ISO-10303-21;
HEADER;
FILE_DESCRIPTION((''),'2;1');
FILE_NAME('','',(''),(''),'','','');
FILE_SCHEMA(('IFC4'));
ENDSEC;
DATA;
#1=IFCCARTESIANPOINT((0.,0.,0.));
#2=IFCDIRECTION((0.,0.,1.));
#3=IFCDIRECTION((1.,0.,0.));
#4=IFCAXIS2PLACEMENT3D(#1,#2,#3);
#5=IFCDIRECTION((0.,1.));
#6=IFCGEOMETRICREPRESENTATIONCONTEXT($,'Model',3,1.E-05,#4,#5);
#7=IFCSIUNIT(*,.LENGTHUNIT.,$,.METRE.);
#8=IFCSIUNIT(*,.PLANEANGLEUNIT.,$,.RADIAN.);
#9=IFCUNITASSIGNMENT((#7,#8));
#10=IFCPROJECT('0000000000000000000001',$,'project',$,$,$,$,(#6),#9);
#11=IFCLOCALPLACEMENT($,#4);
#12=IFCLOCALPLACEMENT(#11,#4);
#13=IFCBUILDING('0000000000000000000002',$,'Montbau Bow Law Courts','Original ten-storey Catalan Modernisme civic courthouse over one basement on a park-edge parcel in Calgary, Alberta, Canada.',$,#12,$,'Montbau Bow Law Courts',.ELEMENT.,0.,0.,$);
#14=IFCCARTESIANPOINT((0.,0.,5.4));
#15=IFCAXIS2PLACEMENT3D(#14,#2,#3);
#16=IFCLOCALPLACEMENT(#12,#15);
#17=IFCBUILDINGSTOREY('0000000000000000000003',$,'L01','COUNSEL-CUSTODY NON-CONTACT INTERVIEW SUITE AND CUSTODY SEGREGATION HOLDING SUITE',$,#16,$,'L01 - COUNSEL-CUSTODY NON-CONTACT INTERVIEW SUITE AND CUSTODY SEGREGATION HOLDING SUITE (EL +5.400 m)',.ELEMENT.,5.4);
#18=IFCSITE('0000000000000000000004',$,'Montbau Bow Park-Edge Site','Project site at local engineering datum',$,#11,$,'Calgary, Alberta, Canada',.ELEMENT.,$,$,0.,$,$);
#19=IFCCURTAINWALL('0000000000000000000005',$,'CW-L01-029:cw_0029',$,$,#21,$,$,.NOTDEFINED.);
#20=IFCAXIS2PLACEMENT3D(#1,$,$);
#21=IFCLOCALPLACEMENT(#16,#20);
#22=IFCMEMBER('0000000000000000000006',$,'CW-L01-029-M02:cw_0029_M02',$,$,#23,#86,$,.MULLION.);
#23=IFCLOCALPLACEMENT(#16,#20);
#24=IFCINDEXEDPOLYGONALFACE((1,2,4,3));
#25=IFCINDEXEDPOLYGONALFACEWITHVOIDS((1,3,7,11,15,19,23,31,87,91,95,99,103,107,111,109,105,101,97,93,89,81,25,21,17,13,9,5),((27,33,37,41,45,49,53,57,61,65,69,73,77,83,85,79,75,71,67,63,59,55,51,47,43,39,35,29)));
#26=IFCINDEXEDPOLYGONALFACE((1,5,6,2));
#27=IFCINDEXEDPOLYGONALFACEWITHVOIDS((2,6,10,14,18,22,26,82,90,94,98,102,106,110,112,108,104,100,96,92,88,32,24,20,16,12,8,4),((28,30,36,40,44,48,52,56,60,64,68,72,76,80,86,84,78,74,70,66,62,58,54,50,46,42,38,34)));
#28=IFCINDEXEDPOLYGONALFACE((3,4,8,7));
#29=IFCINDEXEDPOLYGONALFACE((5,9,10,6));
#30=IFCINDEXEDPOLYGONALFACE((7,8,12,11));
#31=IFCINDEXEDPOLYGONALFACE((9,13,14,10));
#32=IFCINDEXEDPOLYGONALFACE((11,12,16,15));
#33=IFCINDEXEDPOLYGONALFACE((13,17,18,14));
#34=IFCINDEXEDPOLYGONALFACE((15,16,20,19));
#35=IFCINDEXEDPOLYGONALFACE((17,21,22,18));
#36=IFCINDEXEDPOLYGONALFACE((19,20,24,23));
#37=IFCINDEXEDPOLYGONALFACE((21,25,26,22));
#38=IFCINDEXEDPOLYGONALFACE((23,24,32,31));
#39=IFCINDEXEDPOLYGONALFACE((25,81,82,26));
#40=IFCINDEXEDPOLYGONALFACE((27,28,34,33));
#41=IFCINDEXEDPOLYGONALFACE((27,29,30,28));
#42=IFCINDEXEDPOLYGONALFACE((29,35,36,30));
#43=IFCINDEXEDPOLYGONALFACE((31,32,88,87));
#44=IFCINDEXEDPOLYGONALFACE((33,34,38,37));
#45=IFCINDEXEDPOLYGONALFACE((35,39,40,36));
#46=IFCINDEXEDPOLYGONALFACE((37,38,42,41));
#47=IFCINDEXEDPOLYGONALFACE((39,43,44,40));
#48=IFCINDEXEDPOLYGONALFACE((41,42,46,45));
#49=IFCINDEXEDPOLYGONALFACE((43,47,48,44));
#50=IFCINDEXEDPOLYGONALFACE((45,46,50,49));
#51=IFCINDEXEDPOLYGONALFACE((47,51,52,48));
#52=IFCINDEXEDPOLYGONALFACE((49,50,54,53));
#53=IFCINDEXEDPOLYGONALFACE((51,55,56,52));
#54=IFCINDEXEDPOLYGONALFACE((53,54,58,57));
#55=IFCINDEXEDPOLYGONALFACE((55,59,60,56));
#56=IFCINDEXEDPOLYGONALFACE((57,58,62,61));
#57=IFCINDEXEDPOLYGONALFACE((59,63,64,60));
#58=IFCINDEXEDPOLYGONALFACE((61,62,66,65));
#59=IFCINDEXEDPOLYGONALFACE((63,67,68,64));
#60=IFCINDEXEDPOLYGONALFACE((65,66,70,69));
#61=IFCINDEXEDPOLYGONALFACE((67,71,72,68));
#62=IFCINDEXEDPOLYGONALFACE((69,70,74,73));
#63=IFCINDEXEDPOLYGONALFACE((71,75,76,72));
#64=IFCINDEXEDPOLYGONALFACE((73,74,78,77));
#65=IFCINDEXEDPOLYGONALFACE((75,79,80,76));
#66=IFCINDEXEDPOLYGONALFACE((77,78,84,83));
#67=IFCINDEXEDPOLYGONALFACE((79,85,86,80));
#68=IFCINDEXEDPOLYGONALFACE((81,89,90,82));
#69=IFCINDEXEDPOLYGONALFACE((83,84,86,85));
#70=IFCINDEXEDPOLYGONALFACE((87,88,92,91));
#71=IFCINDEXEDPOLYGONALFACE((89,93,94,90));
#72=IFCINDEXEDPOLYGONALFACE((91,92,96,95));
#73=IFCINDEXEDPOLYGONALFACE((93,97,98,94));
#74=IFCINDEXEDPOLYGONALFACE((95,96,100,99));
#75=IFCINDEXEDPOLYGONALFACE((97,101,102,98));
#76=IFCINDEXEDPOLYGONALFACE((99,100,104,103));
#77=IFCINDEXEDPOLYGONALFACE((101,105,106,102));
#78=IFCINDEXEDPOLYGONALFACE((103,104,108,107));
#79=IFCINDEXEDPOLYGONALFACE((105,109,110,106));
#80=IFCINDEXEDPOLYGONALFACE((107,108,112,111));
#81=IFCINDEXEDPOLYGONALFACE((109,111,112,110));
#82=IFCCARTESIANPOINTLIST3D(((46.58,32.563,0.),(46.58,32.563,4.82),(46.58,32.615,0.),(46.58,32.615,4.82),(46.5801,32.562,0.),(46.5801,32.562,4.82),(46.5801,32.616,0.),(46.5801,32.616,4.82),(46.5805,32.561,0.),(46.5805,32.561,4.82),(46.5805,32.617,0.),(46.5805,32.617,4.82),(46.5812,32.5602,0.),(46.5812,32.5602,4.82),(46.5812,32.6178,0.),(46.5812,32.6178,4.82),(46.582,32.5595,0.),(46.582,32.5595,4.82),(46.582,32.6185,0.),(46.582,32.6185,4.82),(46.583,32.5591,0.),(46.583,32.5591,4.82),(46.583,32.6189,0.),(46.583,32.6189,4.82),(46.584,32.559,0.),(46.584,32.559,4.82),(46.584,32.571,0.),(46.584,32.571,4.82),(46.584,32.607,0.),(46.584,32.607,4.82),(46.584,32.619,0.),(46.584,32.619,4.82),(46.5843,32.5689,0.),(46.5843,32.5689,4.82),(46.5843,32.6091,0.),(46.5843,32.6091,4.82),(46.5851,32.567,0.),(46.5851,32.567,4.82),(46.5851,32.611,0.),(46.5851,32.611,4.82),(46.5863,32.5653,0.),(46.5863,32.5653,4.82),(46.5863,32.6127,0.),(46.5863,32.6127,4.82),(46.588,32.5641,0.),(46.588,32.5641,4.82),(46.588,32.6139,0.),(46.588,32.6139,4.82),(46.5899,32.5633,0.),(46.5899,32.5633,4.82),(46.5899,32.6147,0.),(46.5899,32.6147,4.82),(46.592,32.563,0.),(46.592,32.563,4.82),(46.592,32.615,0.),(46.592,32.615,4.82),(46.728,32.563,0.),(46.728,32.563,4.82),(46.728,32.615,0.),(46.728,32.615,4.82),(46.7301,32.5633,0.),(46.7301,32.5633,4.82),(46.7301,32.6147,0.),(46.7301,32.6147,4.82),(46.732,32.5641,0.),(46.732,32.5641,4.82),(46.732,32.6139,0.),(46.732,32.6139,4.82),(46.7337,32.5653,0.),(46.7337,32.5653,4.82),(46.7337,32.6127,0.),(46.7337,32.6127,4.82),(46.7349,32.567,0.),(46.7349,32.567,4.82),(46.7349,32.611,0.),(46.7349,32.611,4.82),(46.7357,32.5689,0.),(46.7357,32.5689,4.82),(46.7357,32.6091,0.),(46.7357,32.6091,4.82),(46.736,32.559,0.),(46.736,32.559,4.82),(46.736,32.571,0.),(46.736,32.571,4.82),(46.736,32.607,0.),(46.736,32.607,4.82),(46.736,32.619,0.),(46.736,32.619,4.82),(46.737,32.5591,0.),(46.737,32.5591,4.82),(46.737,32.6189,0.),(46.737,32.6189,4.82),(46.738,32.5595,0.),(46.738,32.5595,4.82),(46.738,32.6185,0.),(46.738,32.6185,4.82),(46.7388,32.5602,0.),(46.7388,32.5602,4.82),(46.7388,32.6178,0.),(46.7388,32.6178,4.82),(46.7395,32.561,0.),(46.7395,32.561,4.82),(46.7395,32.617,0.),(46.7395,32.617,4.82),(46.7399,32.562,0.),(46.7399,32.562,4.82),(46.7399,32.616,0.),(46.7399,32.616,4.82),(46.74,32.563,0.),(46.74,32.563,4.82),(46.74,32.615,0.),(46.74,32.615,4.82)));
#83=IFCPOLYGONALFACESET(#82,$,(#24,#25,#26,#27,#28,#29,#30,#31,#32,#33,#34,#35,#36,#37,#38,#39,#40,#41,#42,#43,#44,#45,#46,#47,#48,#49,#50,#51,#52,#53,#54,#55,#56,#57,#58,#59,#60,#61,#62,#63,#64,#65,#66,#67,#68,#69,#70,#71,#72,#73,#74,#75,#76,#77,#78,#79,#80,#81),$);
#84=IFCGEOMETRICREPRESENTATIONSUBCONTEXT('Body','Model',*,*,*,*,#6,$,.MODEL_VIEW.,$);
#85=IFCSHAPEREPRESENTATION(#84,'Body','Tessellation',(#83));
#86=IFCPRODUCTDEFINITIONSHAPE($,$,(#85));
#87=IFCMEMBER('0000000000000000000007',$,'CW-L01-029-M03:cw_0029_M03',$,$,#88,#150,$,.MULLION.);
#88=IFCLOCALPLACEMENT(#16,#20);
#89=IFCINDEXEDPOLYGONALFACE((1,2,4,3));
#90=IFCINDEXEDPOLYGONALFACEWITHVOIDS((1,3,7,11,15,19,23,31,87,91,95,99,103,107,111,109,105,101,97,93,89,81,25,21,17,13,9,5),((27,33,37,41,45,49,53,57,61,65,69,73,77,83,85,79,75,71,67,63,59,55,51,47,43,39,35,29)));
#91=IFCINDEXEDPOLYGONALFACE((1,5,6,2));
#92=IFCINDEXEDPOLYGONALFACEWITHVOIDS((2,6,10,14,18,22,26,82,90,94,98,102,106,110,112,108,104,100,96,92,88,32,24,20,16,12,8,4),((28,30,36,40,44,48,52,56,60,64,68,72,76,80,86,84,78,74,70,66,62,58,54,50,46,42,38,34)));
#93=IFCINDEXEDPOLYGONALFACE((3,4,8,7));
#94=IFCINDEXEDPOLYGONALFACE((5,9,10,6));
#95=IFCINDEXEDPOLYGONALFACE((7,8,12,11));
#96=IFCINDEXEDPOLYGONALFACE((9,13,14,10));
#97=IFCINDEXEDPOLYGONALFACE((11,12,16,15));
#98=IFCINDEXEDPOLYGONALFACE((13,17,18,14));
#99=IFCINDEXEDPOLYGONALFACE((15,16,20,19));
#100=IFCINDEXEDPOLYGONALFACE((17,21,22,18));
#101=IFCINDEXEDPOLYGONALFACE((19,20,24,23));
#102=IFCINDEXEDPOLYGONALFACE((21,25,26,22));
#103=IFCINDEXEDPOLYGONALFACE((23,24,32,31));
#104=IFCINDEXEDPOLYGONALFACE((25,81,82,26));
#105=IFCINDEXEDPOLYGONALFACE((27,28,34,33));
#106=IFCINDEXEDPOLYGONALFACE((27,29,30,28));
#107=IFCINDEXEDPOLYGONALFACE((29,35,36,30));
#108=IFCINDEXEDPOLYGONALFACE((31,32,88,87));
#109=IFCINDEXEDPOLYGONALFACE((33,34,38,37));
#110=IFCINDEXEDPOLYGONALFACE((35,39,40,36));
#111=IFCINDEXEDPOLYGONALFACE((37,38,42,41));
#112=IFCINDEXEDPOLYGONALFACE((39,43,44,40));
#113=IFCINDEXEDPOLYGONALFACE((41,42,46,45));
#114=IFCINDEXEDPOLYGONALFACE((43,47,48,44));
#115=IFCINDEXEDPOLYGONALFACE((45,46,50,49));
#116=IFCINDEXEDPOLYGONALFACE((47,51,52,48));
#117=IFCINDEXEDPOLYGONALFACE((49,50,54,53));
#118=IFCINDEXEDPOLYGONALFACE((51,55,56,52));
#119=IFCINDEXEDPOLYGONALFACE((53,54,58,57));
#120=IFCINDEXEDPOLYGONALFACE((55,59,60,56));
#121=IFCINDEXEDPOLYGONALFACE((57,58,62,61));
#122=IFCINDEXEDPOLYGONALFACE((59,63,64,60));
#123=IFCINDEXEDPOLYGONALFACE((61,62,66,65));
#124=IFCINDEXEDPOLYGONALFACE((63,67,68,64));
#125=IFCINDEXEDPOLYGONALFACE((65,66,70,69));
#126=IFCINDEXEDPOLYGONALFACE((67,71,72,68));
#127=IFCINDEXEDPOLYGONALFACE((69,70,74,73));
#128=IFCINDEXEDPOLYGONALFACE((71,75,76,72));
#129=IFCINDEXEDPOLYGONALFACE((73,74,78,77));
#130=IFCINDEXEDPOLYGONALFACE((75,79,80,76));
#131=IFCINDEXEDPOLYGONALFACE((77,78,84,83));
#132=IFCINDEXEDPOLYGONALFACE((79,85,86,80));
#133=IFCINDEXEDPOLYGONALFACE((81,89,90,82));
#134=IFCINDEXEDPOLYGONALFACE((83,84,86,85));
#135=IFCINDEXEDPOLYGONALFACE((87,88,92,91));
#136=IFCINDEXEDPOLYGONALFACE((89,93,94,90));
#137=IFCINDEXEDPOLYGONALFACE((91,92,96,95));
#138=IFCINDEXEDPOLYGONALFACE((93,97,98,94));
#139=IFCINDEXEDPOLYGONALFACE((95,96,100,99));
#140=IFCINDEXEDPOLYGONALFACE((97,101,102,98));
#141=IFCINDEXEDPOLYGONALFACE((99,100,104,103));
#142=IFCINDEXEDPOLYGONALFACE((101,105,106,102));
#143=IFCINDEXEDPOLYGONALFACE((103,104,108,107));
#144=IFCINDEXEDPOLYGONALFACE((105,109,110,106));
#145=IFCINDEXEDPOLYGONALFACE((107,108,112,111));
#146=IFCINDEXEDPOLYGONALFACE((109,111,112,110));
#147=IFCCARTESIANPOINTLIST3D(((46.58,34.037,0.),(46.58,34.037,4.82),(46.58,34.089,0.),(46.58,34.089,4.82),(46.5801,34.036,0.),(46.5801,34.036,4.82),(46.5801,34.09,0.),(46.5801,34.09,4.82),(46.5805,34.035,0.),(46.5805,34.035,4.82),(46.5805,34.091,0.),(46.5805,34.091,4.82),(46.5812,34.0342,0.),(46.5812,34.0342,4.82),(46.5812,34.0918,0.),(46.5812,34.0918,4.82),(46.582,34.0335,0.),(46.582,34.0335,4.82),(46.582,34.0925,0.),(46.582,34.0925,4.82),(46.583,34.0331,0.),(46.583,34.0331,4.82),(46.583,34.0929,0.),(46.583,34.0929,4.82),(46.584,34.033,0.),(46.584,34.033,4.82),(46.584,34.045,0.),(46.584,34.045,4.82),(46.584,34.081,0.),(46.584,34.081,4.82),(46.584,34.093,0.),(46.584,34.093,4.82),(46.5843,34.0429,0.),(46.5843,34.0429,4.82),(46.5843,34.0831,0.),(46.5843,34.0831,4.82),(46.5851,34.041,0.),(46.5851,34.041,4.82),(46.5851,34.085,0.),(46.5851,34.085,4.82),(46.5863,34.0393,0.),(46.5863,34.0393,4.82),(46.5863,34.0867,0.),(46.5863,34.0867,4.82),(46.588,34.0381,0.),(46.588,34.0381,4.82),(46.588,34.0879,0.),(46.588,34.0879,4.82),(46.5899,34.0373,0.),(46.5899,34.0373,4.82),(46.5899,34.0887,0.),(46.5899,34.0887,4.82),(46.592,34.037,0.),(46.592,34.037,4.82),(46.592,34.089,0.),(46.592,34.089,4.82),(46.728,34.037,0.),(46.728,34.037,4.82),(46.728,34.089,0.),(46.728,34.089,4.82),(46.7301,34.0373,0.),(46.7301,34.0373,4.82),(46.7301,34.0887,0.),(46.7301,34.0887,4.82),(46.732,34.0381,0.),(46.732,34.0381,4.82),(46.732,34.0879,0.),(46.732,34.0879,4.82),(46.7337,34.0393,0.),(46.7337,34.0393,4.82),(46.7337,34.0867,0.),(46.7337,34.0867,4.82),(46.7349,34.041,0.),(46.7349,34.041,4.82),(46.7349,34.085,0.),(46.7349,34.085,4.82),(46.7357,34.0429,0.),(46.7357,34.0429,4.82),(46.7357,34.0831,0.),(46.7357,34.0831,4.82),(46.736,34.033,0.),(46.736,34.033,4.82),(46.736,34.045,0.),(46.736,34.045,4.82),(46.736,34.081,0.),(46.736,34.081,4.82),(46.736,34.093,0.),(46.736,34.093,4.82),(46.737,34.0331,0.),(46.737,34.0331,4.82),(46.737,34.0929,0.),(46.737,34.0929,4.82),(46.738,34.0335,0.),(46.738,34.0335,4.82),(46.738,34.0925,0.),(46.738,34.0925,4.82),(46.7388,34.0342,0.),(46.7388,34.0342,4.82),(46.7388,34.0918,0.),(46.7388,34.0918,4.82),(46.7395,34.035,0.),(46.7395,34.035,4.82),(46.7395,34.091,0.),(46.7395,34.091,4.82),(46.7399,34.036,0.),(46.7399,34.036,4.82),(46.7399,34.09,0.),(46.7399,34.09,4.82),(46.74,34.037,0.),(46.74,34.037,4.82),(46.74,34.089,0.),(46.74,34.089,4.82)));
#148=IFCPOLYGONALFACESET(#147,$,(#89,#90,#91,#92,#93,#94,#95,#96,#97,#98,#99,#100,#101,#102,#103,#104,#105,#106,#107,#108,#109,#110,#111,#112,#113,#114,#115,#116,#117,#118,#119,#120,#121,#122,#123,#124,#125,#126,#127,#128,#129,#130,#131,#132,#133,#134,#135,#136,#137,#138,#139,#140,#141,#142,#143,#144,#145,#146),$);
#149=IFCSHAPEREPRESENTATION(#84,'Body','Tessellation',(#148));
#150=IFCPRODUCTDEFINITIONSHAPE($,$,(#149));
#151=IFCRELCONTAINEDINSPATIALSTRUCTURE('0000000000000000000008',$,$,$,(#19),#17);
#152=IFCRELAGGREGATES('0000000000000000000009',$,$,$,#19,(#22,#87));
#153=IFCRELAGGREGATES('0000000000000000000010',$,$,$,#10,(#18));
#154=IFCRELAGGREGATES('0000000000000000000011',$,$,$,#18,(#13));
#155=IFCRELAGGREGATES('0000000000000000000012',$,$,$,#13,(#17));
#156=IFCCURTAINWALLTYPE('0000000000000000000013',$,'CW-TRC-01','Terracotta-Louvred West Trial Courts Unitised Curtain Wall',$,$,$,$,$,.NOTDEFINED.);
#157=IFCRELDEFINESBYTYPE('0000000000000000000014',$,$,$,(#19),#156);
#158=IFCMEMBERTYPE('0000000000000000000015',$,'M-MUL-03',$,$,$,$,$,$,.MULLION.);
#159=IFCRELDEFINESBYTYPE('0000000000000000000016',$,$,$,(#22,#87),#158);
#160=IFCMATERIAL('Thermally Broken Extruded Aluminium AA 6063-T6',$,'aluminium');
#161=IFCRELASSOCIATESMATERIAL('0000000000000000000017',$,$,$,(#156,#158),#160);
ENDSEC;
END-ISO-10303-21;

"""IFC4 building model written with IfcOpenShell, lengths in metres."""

from ifc_helpers import new_model, si_unit, direction, frame, origin_with_axes, origin_2d_with_axis, place, context, subcontext, project, spatial, hollow_rectangle, extrude, material, material_profile, profile_set, type_object, element, aggregate, save


model = new_model("IFC4")

# Units and contexts
model_context = context("Model", 3, precision=1e-05, world=origin_with_axes(), true_north=direction((0.0, 1.0)))
body_context = subcontext(model_context, "Body", "Model", "MODEL_VIEW")
ifc_project = project(units=[si_unit("LENGTHUNIT", "METRE"), si_unit("PLANEANGLEUNIT", "RADIAN")], contexts=[model_context])

# Site, building, storey
site_placement = place(None, origin_with_axes())
site = spatial("IfcSite", under=ifc_project, at=site_placement, Name="Montbau Bow Park-Edge Site", Description="Project site at local engineering datum", LongName="Calgary, Alberta, Canada", CompositionType="ELEMENT", RefElevation=0.0)
building_placement = place(site_placement, origin_with_axes())
building = spatial("IfcBuilding", under=site, at=building_placement, Name="Montbau Bow Law Courts", Description="Original ten-storey Catalan Modernisme civic courthouse over one basement on a park-edge parcel in Calgary, Alberta, Canada.", LongName="Montbau Bow Law Courts", CompositionType="ELEMENT", ElevationOfRefHeight=0.0, ElevationOfTerrain=0.0)
storey_placement = place(building_placement, frame((0.0, 0.0, 5.4), z_axis=(0.0, 0.0, 1.0), x_axis=(1.0, 0.0, 0.0)))
storey = spatial("IfcBuildingStorey", under=building, at=storey_placement, Name="L01", Description="COUNSEL-CUSTODY NON-CONTACT INTERVIEW SUITE AND CUSTODY SEGREGATION HOLDING SUITE", LongName="L01 - COUNSEL-CUSTODY NON-CONTACT INTERVIEW SUITE AND CUSTODY SEGREGATION HOLDING SUITE (EL +5.400 m)", CompositionType="ELEMENT", Elevation=5.4)

# Curtain wall, members
ifc_material_1 = material(Name="Thermally Broken Extruded Aluminium AA 6063-T6", Category="aluminium")
curtain_wall_type = type_object("IfcCurtainWallType", Name="CW-TRC-01", Description="Terracotta-Louvred West Trial Courts Unitised Curtain Wall", PredefinedType="NOTDEFINED", material=ifc_material_1)
ifc_material_profile_1 = material_profile(ifc_material_1, hollow_rectangle(XDim=0.06, YDim=0.16, WallThickness=0.004, InnerFilletRadius=0.008, OuterFilletRadius=0.004, at=origin_2d_with_axis()), Name="CWM-160X60", Category="Main", Priority=0)
ifc_profile_set_1 = profile_set([ifc_material_profile_1], Name="Thermally Broken Extruded Aluminium AA 6063-T6")
member_type_1 = type_object("IfcMemberType", Name="M-MUL-03", PredefinedType="MULLION", material=ifc_profile_set_1)
curtain_wall_1_placement = place(None, frame((46.66, 31.115, 5.4), z_axis=(0.0, 0.0, 1.0), x_axis=(1.0, 0.0, 0.0)))
curtain_wall_1 = element("IfcCurtainWall", 1, at=curtain_wall_1_placement, inside=storey, type_object=curtain_wall_type, Name="CW-L01-029:cw_0029", PredefinedType="NOTDEFINED")
member_1_placement = place(None, frame((46.66, 32.589, 5.4), z_axis=(0.0, 0.0, 1.0), x_axis=(0.0, 1.0, 0.0)))
member_1 = element("IfcMember", 2, at=member_1_placement, type_object=member_type_1, Name="CW-L01-029-M02:cw_0029_M02", PredefinedType="MULLION", context=body_context, shape_type="SweptSolid", body=[
    extrude(hollow_rectangle(XDim=0.06, YDim=0.16, WallThickness=0.004, InnerFilletRadius=0.008, OuterFilletRadius=0.004, at=origin_2d_with_axis()), origin_with_axes(), (0.0, 0.0, 1.0), 4.82),
])
member_2_placement = place(None, frame((46.66, 34.063, 5.4), z_axis=(0.0, 0.0, 1.0), x_axis=(0.0, 1.0, 0.0)))
member_2 = element("IfcMember", 3, at=member_2_placement, type_object=member_type_1, Name="CW-L01-029-M03:cw_0029_M03", PredefinedType="MULLION", context=body_context, shape_type="SweptSolid", body=[
    extrude(hollow_rectangle(XDim=0.06, YDim=0.16, WallThickness=0.004, InnerFilletRadius=0.008, OuterFilletRadius=0.004, at=origin_2d_with_axis()), origin_with_axes(), (0.0, 0.0, 1.0), 4.82),
])

aggregate(curtain_wall_1, [member_1, member_2])

save(model, "model.ifc")
